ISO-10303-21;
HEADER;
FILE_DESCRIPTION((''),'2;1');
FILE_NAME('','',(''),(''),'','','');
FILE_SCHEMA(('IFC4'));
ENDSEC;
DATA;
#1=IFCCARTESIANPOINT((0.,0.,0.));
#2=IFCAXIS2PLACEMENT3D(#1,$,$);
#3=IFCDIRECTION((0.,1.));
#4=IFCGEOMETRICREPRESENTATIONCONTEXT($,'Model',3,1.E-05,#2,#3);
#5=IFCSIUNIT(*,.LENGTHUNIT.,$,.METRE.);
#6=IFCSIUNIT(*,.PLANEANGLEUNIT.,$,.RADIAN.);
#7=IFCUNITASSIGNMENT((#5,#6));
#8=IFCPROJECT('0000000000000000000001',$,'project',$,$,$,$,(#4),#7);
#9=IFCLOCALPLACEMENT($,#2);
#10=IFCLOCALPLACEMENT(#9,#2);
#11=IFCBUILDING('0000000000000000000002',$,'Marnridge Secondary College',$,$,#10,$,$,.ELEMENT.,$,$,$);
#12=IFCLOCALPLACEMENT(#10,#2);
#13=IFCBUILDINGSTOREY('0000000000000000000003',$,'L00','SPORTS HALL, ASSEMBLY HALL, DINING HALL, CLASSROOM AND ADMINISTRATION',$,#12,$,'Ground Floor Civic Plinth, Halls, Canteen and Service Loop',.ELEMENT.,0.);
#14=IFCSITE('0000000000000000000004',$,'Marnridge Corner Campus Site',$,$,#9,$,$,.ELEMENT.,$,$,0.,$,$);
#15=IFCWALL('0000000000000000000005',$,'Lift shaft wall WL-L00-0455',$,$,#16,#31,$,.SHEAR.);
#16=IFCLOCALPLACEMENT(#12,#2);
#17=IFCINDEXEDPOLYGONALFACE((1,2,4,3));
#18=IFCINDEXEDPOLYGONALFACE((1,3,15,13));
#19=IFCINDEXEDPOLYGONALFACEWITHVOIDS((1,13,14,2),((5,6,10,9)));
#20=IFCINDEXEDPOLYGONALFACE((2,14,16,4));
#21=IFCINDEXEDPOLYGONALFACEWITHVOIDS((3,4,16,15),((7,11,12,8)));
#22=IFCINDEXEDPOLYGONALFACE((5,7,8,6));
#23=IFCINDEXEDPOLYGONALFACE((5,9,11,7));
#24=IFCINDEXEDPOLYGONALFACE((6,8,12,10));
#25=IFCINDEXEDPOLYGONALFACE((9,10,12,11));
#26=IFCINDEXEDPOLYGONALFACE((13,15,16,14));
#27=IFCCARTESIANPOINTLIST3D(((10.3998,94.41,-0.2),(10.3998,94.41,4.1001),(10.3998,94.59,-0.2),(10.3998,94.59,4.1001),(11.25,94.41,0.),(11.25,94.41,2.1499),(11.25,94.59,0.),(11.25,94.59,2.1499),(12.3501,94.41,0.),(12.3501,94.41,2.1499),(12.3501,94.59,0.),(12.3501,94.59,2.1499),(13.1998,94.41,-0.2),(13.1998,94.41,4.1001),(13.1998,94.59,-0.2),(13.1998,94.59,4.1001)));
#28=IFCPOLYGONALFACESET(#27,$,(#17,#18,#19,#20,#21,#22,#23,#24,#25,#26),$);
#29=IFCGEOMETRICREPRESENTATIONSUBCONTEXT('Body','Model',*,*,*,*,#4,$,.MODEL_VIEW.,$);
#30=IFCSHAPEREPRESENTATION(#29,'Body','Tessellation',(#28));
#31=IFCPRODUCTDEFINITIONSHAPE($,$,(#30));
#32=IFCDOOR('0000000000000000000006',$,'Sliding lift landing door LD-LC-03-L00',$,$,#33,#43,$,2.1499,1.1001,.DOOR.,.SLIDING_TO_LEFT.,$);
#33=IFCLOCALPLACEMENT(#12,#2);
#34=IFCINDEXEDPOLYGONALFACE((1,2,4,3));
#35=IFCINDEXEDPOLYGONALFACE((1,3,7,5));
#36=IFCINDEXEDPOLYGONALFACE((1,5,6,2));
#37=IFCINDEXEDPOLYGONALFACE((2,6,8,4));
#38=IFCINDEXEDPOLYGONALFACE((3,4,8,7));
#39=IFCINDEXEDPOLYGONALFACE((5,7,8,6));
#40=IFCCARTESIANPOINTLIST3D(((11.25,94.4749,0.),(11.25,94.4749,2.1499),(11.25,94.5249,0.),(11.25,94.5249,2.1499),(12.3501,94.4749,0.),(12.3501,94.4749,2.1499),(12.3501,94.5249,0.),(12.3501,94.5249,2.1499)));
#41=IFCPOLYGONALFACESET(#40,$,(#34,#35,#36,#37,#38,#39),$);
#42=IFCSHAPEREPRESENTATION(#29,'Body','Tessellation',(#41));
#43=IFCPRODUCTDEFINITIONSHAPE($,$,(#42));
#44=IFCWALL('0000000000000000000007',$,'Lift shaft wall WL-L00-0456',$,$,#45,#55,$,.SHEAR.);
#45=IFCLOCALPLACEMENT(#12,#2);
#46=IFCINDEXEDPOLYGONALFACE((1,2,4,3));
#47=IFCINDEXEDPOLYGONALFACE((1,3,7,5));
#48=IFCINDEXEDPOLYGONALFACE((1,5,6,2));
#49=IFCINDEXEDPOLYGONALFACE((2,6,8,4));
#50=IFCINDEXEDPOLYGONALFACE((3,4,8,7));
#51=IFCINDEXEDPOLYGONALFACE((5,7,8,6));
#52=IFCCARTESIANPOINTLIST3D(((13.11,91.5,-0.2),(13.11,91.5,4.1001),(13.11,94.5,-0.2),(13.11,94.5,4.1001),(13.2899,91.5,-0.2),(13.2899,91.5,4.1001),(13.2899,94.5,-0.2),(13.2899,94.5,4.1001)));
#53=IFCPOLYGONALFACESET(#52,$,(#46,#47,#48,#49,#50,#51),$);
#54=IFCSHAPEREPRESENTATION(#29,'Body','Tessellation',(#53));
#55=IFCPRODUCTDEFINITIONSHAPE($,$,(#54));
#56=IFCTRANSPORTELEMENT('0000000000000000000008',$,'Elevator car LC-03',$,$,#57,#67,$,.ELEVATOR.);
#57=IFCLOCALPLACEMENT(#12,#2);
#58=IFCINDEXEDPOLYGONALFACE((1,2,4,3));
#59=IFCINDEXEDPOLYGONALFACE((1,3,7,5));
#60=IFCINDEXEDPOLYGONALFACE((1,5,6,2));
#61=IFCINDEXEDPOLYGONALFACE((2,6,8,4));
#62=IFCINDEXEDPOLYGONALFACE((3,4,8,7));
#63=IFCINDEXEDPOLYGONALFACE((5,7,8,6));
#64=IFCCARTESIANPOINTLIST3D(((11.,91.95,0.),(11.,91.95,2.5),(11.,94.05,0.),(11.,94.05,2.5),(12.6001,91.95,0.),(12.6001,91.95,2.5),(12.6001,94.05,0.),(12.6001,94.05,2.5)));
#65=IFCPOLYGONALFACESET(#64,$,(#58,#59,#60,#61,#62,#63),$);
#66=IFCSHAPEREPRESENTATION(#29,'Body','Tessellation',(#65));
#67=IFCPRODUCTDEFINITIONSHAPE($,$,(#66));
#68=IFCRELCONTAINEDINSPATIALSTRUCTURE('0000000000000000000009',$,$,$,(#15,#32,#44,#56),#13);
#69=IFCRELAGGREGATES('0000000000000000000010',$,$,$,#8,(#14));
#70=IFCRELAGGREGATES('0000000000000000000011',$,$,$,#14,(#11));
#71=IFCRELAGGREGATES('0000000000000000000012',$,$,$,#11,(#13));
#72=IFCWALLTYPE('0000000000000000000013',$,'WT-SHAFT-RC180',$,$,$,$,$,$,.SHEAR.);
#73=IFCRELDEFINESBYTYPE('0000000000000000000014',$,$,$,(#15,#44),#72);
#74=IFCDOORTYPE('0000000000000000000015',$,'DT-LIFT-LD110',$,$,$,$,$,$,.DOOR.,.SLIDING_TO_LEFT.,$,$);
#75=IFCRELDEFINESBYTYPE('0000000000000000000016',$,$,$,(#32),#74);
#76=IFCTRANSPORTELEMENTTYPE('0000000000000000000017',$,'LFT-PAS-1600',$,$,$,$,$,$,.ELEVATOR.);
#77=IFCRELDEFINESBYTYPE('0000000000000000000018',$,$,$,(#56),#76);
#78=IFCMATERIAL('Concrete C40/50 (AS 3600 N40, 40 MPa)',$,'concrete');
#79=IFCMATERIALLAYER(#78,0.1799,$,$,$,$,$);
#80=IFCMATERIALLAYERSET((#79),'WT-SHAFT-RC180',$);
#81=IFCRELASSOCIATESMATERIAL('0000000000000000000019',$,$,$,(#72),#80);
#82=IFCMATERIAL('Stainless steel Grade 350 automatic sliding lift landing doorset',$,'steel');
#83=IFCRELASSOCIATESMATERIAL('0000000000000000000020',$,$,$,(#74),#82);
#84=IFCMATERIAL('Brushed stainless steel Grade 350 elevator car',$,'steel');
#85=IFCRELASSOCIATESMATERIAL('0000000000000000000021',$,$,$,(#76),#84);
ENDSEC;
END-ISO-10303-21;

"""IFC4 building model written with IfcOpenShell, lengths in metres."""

from ifc_helpers import new_model, si_unit, direction, frame, frame_2d, origin, origin_2d, place, context, subcontext, project, spatial, rectangle, extrude, material, layer, layer_set, type_object, element, fill, save


model = new_model("IFC4")

# Units and contexts
model_context = context("Model", 3, precision=1e-05, world=origin(), true_north=direction((0.0, 1.0)))
body_context = subcontext(model_context, "Body", "Model", "MODEL_VIEW")
ifc_project = project(units=[si_unit("LENGTHUNIT", "METRE"), si_unit("PLANEANGLEUNIT", "RADIAN")], contexts=[model_context])

# Site, building, storey
site_placement = place(None, origin())
site = spatial("IfcSite", under=ifc_project, at=site_placement, Name="Marnridge Corner Campus Site", CompositionType="ELEMENT", RefElevation=0.0)
building_placement = place(site_placement, origin())
building = spatial("IfcBuilding", under=site, at=building_placement, Name="Marnridge Secondary College", CompositionType="ELEMENT")
storey_placement = place(building_placement, origin())
storey = spatial("IfcBuildingStorey", under=building, at=storey_placement, Name="L00", Description="SPORTS HALL, ASSEMBLY HALL, DINING HALL, CLASSROOM AND ADMINISTRATION", LongName="Ground Floor Civic Plinth, Halls, Canteen and Service Loop", CompositionType="ELEMENT", Elevation=0.0)

# Shared definitions
ifc_material_1 = material(Name="Concrete C40/50 (AS 3600 N40, 40 MPa)", Category="concrete")
ifc_layer_1 = layer(ifc_material_1, 0.1799)
ifc_layer_set_1 = layer_set([ifc_layer_1], Name="WT-SHAFT-RC180")
wall_type_1 = type_object("IfcWallType", Name="WT-SHAFT-RC180", PredefinedType="SHEAR", material=ifc_layer_set_1)

# Wall, opening, door
wall_1_placement = place(storey_placement, frame((10.3999, 94.5, -0.2), z_axis=(0.0, 0.0, 1.0), x_axis=(1.0, 0.0, 0.0)))
wall_1 = element("IfcWall", 1, at=wall_1_placement, inside=storey, type_object=wall_type_1, Name="Lift shaft wall WL-L00-0455", PredefinedType="SHEAR", context=body_context, shape_type="SweptSolid", body=[
    extrude(rectangle(XDim=2.8, YDim=0.1799, at=frame_2d((1.3999, 0.0))), origin(), (0.0, 0.0, 1.0), 4.3),
])
opening_1_placement = place(wall_1_placement, frame((0.8501, 0.0, 0.2)))
opening_1 = element("IfcOpeningElement", 2, at=opening_1_placement, cuts=wall_1, PredefinedType="OPENING", context=body_context, shape_type="SweptSolid", body=[
    extrude(rectangle(XDim=1.1001, YDim=2.1499, at=frame_2d((0.55, 1.075))), frame((0.0, 0.0999, 0.0), z_axis=(0.0, -1.0, 0.0), x_axis=(1.0, 0.0, 0.0)), (0.0, 0.0, 1.0), 0.2),
])
ifc_material_2 = material(Name="Stainless steel Grade 350 automatic sliding lift landing doorset", Category="steel")
door_type_1 = type_object("IfcDoorType", Name="DT-LIFT-LD110", OperationType="SLIDING_TO_LEFT", PredefinedType="DOOR", material=ifc_material_2)
door_1_placement = place(opening_1_placement, origin())
door_1 = element("IfcDoor", 3, at=door_1_placement, inside=storey, type_object=door_type_1, Name="Sliding lift landing door LD-LC-03-L00", OperationType="SLIDING_TO_LEFT", OverallHeight=2.1499, OverallWidth=1.1001, PredefinedType="DOOR", context=body_context, shape_type="SweptSolid", body=[
    extrude(rectangle(XDim=1.1001, YDim=2.1499, at=frame_2d((0.55, 1.075))), frame((0.0, 0.0249, 0.0), z_axis=(0.0, -1.0, 0.0), x_axis=(1.0, 0.0, 0.0)), (0.0, 0.0, 1.0), 0.05),
])
fill(opening_1, door_1)

# Wall
wall_2_placement = place(storey_placement, frame((13.2, 94.5, -0.2), z_axis=(0.0, 0.0, 1.0), x_axis=(0.0, -1.0, 0.0)))
element("IfcWall", 4, at=wall_2_placement, inside=storey, type_object=wall_type_1, Name="Lift shaft wall WL-L00-0456", PredefinedType="SHEAR", context=body_context, shape_type="SweptSolid", body=[
    extrude(rectangle(XDim=3.0, YDim=0.1799, at=frame_2d((1.5, 0.0))), origin(), (0.0, 0.0, 1.0), 4.3),
])

# Transport element
ifc_material_3 = material(Name="Brushed stainless steel Grade 350 elevator car", Category="steel")
transport_element_type = type_object("IfcTransportElementType", Name="LFT-PAS-1600", PredefinedType="ELEVATOR", material=ifc_material_3)
transport_element_placement = place(storey_placement, frame((11.8, 93.0, 0.0), z_axis=(0.0, 0.0, 1.0), x_axis=(1.0, 0.0, 0.0)))
element("IfcTransportElement", 5, at=transport_element_placement, inside=storey, type_object=transport_element_type, Name="Elevator car LC-03", PredefinedType="ELEVATOR", context=body_context, shape_type="SweptSolid", body=[
    extrude(rectangle(XDim=1.6001, YDim=2.1001, at=origin_2d()), origin(), (0.0, 0.0, 1.0), 2.5),
])

save(model, "model.ifc")
